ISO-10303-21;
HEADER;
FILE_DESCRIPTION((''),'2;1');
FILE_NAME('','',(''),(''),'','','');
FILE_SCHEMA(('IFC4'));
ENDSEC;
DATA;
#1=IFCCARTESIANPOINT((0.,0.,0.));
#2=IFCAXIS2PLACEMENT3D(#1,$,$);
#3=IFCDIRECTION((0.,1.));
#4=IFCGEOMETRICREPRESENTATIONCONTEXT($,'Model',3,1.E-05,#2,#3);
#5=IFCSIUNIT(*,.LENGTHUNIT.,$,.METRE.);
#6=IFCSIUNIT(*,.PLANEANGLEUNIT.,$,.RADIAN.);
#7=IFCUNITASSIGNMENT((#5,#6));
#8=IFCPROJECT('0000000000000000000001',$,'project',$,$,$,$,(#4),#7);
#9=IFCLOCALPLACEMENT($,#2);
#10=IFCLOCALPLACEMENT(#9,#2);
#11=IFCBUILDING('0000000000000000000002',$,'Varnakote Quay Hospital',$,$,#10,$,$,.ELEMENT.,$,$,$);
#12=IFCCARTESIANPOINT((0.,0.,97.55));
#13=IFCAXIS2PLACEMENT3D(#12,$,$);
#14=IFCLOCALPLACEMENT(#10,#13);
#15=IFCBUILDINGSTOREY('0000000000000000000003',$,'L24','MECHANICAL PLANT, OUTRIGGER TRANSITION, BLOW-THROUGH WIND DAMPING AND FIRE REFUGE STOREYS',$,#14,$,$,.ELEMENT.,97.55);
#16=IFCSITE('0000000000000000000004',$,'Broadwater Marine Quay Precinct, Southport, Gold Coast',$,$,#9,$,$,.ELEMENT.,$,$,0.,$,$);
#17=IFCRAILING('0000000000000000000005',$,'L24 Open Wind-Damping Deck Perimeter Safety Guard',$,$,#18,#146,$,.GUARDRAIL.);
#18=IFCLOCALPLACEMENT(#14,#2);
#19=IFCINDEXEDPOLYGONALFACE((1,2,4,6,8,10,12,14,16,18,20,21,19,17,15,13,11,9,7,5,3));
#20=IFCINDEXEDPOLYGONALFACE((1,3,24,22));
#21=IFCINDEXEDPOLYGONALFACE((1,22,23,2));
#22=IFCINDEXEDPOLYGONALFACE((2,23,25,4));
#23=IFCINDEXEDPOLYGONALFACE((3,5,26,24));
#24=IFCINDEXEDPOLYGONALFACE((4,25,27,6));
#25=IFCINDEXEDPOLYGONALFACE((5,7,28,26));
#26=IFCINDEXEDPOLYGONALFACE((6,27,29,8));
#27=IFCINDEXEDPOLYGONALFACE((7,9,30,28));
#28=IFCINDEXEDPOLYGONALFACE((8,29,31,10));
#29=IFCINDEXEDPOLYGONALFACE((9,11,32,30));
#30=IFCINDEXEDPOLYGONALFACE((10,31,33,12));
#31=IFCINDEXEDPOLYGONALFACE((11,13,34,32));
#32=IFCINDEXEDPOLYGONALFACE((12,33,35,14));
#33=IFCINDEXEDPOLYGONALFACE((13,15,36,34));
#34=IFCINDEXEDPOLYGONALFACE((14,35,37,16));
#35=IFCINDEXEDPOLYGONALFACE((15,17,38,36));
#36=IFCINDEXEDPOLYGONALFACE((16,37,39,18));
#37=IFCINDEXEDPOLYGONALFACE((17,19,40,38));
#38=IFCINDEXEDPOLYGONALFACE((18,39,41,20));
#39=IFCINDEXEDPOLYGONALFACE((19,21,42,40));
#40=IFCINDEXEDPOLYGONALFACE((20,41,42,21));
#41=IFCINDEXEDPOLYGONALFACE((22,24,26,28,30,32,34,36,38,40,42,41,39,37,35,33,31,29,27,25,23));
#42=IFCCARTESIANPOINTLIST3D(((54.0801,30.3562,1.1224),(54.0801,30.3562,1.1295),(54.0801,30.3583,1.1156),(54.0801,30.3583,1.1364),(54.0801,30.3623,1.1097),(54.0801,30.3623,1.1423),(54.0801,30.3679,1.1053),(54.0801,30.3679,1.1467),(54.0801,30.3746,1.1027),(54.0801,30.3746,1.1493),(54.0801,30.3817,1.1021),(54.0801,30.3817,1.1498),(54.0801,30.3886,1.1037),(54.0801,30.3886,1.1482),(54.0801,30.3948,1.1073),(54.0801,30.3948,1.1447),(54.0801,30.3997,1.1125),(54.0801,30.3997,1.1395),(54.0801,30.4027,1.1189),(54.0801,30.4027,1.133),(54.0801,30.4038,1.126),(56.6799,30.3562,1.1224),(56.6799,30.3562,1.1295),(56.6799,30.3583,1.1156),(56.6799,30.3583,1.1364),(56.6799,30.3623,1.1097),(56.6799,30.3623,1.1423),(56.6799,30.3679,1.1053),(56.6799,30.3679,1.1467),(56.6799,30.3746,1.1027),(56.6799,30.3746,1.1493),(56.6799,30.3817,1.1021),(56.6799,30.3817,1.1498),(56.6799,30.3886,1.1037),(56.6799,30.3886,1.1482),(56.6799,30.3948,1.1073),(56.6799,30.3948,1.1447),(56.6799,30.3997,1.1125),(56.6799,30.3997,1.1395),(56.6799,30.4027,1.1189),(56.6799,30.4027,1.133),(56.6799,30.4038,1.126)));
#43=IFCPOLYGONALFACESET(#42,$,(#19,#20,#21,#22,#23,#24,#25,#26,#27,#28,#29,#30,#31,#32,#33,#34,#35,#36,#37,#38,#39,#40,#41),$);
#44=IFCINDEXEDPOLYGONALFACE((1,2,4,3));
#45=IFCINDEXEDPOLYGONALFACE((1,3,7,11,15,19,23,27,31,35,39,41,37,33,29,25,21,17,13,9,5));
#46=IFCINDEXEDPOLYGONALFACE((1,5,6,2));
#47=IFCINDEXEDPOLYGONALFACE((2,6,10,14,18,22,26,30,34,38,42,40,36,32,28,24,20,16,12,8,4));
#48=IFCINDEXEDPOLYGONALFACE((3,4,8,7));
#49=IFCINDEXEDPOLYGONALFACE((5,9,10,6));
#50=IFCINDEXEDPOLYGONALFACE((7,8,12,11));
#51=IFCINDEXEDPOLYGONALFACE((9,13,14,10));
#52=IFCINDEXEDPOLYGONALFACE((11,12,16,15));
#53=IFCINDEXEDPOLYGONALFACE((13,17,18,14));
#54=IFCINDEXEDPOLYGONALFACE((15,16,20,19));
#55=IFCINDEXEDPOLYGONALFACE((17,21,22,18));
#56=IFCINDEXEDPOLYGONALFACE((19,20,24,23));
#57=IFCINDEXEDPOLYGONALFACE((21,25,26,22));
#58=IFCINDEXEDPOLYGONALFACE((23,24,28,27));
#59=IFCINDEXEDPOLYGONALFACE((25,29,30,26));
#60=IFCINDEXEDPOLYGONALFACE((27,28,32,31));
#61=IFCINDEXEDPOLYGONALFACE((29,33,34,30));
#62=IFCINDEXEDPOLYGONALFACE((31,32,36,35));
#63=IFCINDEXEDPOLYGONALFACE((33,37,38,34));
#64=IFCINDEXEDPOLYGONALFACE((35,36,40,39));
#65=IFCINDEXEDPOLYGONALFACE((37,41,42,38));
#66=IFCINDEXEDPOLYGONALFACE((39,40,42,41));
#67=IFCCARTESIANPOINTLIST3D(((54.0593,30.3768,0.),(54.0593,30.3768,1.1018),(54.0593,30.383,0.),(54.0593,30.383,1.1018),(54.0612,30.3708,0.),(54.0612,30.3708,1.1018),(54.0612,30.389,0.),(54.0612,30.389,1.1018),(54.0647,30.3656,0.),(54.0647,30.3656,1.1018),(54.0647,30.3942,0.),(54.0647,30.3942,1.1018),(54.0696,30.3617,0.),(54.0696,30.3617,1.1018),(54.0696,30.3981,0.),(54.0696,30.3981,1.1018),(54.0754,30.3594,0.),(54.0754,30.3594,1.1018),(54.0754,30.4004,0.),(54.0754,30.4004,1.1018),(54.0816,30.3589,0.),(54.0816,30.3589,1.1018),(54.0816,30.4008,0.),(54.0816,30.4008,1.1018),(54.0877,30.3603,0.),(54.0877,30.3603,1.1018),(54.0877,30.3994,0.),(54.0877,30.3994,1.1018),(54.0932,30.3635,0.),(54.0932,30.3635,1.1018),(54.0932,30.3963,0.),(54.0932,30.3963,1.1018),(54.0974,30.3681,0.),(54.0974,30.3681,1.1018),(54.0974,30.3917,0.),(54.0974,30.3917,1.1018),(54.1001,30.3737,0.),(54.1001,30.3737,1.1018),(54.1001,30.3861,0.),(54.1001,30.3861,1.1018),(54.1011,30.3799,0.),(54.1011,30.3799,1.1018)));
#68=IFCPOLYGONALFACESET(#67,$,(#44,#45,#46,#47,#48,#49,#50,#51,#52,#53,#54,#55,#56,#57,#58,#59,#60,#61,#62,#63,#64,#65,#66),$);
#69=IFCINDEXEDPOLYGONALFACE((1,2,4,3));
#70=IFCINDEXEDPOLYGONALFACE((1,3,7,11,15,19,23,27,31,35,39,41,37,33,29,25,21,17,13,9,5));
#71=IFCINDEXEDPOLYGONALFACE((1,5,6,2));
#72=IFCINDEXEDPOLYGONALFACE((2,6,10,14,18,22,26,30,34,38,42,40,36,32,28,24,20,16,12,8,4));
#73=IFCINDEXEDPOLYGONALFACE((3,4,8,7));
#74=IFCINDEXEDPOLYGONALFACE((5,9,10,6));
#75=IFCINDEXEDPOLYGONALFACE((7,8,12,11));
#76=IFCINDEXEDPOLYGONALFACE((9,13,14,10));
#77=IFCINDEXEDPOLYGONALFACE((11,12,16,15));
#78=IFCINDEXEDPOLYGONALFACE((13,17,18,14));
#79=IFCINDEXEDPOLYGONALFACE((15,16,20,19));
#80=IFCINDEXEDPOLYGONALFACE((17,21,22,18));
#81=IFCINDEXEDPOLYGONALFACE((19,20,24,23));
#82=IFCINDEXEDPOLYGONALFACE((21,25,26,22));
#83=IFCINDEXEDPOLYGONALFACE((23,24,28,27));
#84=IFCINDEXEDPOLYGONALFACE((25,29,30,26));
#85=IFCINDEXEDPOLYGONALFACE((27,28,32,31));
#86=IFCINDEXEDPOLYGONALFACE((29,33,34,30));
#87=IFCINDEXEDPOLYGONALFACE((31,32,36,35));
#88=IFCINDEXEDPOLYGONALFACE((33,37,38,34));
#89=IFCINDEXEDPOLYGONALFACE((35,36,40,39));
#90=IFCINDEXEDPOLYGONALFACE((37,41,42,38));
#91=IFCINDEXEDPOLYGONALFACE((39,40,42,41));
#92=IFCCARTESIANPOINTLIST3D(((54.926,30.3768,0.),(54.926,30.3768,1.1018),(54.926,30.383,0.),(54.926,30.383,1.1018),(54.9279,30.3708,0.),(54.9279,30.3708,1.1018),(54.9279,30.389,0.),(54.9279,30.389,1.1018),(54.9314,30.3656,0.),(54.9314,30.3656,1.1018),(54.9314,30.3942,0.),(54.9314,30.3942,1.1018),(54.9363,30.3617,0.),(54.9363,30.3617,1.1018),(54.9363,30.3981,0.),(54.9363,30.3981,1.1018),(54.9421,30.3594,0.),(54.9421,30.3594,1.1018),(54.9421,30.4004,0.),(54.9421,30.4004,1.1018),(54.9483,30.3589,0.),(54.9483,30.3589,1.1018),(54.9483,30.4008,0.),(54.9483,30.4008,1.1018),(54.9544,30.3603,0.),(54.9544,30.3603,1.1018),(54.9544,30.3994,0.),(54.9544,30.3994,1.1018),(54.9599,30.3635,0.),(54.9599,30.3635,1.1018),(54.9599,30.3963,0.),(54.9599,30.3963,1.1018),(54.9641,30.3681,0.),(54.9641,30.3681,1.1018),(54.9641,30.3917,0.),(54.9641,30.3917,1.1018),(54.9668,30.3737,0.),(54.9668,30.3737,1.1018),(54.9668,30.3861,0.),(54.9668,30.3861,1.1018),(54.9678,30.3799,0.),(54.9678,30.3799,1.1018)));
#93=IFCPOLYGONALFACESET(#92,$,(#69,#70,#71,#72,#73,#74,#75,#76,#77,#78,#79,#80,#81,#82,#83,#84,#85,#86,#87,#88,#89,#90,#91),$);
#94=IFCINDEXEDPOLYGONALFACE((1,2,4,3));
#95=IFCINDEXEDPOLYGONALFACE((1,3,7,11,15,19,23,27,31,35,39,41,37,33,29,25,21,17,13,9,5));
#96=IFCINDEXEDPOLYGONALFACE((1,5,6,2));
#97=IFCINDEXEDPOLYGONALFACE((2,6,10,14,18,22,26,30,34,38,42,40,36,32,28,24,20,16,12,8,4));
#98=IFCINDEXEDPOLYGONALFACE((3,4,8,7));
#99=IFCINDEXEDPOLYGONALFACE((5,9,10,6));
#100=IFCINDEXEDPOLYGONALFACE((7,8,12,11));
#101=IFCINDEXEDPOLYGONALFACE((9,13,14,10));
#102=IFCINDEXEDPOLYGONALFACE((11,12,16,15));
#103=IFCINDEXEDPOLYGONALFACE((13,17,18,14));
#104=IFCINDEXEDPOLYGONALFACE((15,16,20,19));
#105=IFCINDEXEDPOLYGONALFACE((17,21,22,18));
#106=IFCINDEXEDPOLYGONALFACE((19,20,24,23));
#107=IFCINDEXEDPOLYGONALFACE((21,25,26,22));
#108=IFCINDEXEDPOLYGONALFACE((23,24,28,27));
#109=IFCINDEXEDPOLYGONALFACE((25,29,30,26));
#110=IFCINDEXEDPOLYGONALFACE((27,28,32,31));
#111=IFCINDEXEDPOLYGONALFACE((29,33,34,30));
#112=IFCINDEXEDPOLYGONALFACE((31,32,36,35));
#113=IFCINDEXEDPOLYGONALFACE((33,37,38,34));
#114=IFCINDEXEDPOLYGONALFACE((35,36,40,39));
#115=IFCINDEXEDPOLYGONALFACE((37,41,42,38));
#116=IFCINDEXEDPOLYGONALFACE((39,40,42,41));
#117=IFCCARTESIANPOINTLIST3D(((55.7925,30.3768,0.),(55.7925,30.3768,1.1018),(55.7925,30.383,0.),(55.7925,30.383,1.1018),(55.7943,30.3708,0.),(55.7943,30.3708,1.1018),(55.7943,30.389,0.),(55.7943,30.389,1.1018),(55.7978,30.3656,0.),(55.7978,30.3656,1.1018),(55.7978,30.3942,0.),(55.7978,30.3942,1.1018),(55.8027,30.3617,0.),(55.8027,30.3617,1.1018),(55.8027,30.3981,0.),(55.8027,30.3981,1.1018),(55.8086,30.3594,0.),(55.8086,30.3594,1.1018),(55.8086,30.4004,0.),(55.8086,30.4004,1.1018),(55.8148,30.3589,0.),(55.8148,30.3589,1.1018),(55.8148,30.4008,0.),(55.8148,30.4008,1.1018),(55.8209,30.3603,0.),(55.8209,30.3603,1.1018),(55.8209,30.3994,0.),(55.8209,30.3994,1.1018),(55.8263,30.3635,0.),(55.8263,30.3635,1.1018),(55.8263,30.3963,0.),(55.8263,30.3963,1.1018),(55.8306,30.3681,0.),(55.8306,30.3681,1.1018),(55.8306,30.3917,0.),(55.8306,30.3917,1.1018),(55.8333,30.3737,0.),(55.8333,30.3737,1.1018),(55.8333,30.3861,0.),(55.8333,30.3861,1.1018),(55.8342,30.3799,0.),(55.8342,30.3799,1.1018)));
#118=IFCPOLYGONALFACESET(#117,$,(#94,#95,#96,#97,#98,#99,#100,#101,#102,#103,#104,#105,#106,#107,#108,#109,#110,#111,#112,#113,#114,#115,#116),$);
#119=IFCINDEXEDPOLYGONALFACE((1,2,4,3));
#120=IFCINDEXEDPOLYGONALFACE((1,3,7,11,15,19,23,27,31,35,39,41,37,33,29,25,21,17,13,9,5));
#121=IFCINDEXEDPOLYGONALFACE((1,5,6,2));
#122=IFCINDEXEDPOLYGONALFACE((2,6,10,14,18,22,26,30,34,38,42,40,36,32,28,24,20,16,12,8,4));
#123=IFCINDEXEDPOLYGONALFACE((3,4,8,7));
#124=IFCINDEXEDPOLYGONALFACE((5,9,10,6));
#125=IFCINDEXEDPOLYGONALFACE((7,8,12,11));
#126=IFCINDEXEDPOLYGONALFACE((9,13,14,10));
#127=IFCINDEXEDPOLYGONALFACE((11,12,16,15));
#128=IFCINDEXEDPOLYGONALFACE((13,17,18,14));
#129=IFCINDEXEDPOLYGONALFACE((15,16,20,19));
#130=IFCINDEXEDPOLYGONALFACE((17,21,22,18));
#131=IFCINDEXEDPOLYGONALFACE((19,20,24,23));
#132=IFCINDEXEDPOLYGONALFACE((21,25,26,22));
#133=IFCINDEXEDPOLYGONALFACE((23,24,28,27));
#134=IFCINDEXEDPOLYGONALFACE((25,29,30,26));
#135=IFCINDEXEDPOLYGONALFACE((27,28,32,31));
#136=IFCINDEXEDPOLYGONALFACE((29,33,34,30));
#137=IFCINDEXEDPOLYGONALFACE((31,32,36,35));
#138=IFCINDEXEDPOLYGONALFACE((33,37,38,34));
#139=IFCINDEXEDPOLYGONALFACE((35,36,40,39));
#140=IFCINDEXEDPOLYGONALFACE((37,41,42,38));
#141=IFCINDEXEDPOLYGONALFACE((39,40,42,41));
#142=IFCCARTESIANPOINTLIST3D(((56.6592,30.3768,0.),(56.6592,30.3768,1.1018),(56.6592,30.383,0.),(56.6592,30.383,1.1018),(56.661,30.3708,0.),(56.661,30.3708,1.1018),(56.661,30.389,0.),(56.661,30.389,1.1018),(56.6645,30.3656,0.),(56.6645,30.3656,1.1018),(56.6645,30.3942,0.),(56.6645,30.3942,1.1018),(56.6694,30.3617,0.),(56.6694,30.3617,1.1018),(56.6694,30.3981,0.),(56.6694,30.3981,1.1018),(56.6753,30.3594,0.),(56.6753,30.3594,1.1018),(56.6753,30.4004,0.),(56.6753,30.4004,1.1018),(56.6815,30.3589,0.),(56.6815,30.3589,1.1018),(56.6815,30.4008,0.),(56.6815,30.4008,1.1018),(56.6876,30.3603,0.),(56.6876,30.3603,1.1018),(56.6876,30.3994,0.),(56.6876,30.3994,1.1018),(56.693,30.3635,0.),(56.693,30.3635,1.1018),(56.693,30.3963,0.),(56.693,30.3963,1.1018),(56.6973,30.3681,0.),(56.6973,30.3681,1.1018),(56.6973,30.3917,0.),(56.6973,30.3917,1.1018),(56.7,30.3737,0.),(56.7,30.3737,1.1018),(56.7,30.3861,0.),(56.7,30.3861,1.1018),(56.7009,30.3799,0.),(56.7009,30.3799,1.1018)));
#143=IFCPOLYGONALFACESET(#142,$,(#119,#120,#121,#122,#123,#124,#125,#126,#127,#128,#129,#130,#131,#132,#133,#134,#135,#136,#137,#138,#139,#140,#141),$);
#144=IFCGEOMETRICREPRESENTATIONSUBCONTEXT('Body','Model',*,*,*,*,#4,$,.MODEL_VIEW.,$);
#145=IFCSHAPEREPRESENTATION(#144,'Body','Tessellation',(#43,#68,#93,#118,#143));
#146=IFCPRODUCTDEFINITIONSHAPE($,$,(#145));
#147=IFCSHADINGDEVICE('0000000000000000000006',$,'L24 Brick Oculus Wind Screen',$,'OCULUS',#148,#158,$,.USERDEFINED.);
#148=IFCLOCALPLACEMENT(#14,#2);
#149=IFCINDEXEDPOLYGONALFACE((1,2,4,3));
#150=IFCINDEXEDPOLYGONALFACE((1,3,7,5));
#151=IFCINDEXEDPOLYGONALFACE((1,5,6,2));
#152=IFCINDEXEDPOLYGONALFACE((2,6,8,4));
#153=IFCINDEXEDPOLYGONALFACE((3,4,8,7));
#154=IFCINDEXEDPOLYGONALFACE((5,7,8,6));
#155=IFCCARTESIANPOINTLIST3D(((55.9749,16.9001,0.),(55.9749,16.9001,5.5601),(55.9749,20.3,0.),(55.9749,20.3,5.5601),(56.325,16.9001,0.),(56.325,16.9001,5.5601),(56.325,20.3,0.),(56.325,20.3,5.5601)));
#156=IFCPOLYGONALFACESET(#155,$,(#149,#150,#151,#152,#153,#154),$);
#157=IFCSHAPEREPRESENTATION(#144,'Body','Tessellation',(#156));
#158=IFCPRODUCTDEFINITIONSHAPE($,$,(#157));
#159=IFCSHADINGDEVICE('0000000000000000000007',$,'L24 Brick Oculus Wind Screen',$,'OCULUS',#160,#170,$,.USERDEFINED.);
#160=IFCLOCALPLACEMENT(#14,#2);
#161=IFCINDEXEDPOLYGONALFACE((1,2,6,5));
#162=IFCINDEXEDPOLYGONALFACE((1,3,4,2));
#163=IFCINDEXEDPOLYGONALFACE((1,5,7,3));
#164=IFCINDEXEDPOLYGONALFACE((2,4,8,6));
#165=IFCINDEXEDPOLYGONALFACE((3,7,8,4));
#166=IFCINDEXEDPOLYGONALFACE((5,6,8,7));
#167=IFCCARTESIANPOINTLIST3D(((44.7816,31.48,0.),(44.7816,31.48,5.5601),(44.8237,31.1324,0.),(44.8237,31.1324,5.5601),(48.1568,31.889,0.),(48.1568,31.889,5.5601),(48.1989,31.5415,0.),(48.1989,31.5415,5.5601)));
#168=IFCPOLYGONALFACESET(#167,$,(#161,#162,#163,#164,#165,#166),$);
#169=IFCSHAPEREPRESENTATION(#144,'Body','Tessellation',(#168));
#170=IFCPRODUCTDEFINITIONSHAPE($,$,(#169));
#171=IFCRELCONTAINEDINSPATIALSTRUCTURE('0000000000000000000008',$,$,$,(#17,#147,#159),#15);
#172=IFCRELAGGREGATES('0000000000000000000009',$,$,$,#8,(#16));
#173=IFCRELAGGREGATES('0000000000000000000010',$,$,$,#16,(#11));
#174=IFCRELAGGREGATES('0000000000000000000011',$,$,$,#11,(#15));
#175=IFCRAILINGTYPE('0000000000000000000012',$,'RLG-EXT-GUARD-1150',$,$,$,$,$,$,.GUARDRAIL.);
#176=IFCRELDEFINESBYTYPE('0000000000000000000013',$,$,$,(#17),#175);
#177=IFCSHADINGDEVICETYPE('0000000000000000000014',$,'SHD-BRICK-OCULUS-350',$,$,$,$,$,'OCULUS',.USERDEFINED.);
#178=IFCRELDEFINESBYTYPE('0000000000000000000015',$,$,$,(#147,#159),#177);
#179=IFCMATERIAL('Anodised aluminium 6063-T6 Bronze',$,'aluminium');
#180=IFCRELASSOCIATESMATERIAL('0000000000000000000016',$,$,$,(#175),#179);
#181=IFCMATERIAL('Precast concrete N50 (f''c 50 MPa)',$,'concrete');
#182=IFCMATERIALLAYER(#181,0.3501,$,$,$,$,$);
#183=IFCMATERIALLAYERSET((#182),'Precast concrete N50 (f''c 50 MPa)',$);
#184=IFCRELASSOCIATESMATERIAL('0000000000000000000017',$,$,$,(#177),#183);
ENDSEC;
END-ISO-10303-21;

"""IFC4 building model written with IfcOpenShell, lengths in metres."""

from ifc_helpers import new_model, si_unit, direction, frame, origin, origin_2d, place, context, subcontext, project, spatial, rectangle, circle, extrude, material, layer, layer_set, type_object, element, save


model = new_model("IFC4")

# Units and contexts
model_context = context("Model", 3, precision=1e-05, world=origin(), true_north=direction((0.0, 1.0)))
body_context = subcontext(model_context, "Body", "Model", "MODEL_VIEW")
ifc_project = project(units=[si_unit("LENGTHUNIT", "METRE"), si_unit("PLANEANGLEUNIT", "RADIAN")], contexts=[model_context])

# Site, building, storey
site_placement = place(None, origin())
site = spatial("IfcSite", under=ifc_project, at=site_placement, Name="Broadwater Marine Quay Precinct, Southport, Gold Coast", CompositionType="ELEMENT", RefElevation=0.0)
building_placement = place(site_placement, origin())
building = spatial("IfcBuilding", under=site, at=building_placement, Name="Varnakote Quay Hospital", CompositionType="ELEMENT")
storey_placement = place(building_placement, frame((0.0, 0.0, 97.55)))
storey = spatial("IfcBuildingStorey", under=building, at=storey_placement, Name="L24", Description="MECHANICAL PLANT, OUTRIGGER TRANSITION, BLOW-THROUGH WIND DAMPING AND FIRE REFUGE STOREYS", CompositionType="ELEMENT", Elevation=97.55)

# Railing
ifc_material_1 = material(Name="Anodised aluminium 6063-T6 Bronze", Category="aluminium")
railing_type = type_object("IfcRailingType", Name="RLG-EXT-GUARD-1150", PredefinedType="GUARDRAIL", material=ifc_material_1)
railing_1_placement = place(storey_placement, frame((54.0801, 30.3799, 0.0)))
element("IfcRailing", 1, at=railing_1_placement, inside=storey, type_object=railing_type, Name="L24 Open Wind-Damping Deck Perimeter Safety Guard", PredefinedType="GUARDRAIL", context=body_context, shape_type="SweptSolid", body=[
    extrude(circle(Radius=0.0239, at=origin_2d()), frame((0.0, 0.0, 1.126), z_axis=(1.0, 0.0, 0.0), x_axis=(0.0, 1.0, 0.0)), (0.0, 0.0, 1.0), 2.5999),
    extrude(circle(Radius=0.021, at=origin_2d()), origin(), (0.0, 0.0, 1.0), 1.1018),
    extrude(circle(Radius=0.021, at=origin_2d()), frame((0.8667, 0.0, 0.0)), (0.0, 0.0, 1.0), 1.1018),
    extrude(circle(Radius=0.021, at=origin_2d()), frame((1.7332, 0.0, 0.0)), (0.0, 0.0, 1.0), 1.1018),
    extrude(circle(Radius=0.021, at=origin_2d()), frame((2.5999, 0.0, 0.0)), (0.0, 0.0, 1.0), 1.1018),
])

# Shading devices
ifc_material_2 = material(Name="Precast concrete N50 (f'c 50 MPa)", Category="concrete")
ifc_layer_1 = layer(ifc_material_2, 0.3501)
ifc_layer_set_1 = layer_set([ifc_layer_1], Name="Precast concrete N50 (f'c 50 MPa)")
shading_device_type = type_object("IfcShadingDeviceType", Name="SHD-BRICK-OCULUS-350", ElementType="OCULUS", PredefinedType="USERDEFINED", material=ifc_layer_set_1)
for number, where, z_axis, x_axis, name in (
    (2, (56.1499, 18.6001, 0.0), (0.0, 0.0, 1.0), (0.0, 1.0, 0.0), "L24 Brick Oculus Wind Screen"),
    (3, (46.4902, 31.5107, 0.0), (0.0, 0.0, 1.0), (-0.992736, -0.12031, 0.0), "L24 Brick Oculus Wind Screen"),
):
    element("IfcShadingDevice", number, at=place(storey_placement, frame(where, z_axis=z_axis, x_axis=x_axis)), inside=storey, type_object=shading_device_type, Name=name, ObjectType="OCULUS", PredefinedType="USERDEFINED", context=body_context, shape_type="SweptSolid", body=[
        extrude(rectangle(XDim=3.3999, YDim=0.3501, at=origin_2d()), origin(), (0.0, 0.0, 1.0), 5.5601),
    ])

save(model, "model.ifc")
